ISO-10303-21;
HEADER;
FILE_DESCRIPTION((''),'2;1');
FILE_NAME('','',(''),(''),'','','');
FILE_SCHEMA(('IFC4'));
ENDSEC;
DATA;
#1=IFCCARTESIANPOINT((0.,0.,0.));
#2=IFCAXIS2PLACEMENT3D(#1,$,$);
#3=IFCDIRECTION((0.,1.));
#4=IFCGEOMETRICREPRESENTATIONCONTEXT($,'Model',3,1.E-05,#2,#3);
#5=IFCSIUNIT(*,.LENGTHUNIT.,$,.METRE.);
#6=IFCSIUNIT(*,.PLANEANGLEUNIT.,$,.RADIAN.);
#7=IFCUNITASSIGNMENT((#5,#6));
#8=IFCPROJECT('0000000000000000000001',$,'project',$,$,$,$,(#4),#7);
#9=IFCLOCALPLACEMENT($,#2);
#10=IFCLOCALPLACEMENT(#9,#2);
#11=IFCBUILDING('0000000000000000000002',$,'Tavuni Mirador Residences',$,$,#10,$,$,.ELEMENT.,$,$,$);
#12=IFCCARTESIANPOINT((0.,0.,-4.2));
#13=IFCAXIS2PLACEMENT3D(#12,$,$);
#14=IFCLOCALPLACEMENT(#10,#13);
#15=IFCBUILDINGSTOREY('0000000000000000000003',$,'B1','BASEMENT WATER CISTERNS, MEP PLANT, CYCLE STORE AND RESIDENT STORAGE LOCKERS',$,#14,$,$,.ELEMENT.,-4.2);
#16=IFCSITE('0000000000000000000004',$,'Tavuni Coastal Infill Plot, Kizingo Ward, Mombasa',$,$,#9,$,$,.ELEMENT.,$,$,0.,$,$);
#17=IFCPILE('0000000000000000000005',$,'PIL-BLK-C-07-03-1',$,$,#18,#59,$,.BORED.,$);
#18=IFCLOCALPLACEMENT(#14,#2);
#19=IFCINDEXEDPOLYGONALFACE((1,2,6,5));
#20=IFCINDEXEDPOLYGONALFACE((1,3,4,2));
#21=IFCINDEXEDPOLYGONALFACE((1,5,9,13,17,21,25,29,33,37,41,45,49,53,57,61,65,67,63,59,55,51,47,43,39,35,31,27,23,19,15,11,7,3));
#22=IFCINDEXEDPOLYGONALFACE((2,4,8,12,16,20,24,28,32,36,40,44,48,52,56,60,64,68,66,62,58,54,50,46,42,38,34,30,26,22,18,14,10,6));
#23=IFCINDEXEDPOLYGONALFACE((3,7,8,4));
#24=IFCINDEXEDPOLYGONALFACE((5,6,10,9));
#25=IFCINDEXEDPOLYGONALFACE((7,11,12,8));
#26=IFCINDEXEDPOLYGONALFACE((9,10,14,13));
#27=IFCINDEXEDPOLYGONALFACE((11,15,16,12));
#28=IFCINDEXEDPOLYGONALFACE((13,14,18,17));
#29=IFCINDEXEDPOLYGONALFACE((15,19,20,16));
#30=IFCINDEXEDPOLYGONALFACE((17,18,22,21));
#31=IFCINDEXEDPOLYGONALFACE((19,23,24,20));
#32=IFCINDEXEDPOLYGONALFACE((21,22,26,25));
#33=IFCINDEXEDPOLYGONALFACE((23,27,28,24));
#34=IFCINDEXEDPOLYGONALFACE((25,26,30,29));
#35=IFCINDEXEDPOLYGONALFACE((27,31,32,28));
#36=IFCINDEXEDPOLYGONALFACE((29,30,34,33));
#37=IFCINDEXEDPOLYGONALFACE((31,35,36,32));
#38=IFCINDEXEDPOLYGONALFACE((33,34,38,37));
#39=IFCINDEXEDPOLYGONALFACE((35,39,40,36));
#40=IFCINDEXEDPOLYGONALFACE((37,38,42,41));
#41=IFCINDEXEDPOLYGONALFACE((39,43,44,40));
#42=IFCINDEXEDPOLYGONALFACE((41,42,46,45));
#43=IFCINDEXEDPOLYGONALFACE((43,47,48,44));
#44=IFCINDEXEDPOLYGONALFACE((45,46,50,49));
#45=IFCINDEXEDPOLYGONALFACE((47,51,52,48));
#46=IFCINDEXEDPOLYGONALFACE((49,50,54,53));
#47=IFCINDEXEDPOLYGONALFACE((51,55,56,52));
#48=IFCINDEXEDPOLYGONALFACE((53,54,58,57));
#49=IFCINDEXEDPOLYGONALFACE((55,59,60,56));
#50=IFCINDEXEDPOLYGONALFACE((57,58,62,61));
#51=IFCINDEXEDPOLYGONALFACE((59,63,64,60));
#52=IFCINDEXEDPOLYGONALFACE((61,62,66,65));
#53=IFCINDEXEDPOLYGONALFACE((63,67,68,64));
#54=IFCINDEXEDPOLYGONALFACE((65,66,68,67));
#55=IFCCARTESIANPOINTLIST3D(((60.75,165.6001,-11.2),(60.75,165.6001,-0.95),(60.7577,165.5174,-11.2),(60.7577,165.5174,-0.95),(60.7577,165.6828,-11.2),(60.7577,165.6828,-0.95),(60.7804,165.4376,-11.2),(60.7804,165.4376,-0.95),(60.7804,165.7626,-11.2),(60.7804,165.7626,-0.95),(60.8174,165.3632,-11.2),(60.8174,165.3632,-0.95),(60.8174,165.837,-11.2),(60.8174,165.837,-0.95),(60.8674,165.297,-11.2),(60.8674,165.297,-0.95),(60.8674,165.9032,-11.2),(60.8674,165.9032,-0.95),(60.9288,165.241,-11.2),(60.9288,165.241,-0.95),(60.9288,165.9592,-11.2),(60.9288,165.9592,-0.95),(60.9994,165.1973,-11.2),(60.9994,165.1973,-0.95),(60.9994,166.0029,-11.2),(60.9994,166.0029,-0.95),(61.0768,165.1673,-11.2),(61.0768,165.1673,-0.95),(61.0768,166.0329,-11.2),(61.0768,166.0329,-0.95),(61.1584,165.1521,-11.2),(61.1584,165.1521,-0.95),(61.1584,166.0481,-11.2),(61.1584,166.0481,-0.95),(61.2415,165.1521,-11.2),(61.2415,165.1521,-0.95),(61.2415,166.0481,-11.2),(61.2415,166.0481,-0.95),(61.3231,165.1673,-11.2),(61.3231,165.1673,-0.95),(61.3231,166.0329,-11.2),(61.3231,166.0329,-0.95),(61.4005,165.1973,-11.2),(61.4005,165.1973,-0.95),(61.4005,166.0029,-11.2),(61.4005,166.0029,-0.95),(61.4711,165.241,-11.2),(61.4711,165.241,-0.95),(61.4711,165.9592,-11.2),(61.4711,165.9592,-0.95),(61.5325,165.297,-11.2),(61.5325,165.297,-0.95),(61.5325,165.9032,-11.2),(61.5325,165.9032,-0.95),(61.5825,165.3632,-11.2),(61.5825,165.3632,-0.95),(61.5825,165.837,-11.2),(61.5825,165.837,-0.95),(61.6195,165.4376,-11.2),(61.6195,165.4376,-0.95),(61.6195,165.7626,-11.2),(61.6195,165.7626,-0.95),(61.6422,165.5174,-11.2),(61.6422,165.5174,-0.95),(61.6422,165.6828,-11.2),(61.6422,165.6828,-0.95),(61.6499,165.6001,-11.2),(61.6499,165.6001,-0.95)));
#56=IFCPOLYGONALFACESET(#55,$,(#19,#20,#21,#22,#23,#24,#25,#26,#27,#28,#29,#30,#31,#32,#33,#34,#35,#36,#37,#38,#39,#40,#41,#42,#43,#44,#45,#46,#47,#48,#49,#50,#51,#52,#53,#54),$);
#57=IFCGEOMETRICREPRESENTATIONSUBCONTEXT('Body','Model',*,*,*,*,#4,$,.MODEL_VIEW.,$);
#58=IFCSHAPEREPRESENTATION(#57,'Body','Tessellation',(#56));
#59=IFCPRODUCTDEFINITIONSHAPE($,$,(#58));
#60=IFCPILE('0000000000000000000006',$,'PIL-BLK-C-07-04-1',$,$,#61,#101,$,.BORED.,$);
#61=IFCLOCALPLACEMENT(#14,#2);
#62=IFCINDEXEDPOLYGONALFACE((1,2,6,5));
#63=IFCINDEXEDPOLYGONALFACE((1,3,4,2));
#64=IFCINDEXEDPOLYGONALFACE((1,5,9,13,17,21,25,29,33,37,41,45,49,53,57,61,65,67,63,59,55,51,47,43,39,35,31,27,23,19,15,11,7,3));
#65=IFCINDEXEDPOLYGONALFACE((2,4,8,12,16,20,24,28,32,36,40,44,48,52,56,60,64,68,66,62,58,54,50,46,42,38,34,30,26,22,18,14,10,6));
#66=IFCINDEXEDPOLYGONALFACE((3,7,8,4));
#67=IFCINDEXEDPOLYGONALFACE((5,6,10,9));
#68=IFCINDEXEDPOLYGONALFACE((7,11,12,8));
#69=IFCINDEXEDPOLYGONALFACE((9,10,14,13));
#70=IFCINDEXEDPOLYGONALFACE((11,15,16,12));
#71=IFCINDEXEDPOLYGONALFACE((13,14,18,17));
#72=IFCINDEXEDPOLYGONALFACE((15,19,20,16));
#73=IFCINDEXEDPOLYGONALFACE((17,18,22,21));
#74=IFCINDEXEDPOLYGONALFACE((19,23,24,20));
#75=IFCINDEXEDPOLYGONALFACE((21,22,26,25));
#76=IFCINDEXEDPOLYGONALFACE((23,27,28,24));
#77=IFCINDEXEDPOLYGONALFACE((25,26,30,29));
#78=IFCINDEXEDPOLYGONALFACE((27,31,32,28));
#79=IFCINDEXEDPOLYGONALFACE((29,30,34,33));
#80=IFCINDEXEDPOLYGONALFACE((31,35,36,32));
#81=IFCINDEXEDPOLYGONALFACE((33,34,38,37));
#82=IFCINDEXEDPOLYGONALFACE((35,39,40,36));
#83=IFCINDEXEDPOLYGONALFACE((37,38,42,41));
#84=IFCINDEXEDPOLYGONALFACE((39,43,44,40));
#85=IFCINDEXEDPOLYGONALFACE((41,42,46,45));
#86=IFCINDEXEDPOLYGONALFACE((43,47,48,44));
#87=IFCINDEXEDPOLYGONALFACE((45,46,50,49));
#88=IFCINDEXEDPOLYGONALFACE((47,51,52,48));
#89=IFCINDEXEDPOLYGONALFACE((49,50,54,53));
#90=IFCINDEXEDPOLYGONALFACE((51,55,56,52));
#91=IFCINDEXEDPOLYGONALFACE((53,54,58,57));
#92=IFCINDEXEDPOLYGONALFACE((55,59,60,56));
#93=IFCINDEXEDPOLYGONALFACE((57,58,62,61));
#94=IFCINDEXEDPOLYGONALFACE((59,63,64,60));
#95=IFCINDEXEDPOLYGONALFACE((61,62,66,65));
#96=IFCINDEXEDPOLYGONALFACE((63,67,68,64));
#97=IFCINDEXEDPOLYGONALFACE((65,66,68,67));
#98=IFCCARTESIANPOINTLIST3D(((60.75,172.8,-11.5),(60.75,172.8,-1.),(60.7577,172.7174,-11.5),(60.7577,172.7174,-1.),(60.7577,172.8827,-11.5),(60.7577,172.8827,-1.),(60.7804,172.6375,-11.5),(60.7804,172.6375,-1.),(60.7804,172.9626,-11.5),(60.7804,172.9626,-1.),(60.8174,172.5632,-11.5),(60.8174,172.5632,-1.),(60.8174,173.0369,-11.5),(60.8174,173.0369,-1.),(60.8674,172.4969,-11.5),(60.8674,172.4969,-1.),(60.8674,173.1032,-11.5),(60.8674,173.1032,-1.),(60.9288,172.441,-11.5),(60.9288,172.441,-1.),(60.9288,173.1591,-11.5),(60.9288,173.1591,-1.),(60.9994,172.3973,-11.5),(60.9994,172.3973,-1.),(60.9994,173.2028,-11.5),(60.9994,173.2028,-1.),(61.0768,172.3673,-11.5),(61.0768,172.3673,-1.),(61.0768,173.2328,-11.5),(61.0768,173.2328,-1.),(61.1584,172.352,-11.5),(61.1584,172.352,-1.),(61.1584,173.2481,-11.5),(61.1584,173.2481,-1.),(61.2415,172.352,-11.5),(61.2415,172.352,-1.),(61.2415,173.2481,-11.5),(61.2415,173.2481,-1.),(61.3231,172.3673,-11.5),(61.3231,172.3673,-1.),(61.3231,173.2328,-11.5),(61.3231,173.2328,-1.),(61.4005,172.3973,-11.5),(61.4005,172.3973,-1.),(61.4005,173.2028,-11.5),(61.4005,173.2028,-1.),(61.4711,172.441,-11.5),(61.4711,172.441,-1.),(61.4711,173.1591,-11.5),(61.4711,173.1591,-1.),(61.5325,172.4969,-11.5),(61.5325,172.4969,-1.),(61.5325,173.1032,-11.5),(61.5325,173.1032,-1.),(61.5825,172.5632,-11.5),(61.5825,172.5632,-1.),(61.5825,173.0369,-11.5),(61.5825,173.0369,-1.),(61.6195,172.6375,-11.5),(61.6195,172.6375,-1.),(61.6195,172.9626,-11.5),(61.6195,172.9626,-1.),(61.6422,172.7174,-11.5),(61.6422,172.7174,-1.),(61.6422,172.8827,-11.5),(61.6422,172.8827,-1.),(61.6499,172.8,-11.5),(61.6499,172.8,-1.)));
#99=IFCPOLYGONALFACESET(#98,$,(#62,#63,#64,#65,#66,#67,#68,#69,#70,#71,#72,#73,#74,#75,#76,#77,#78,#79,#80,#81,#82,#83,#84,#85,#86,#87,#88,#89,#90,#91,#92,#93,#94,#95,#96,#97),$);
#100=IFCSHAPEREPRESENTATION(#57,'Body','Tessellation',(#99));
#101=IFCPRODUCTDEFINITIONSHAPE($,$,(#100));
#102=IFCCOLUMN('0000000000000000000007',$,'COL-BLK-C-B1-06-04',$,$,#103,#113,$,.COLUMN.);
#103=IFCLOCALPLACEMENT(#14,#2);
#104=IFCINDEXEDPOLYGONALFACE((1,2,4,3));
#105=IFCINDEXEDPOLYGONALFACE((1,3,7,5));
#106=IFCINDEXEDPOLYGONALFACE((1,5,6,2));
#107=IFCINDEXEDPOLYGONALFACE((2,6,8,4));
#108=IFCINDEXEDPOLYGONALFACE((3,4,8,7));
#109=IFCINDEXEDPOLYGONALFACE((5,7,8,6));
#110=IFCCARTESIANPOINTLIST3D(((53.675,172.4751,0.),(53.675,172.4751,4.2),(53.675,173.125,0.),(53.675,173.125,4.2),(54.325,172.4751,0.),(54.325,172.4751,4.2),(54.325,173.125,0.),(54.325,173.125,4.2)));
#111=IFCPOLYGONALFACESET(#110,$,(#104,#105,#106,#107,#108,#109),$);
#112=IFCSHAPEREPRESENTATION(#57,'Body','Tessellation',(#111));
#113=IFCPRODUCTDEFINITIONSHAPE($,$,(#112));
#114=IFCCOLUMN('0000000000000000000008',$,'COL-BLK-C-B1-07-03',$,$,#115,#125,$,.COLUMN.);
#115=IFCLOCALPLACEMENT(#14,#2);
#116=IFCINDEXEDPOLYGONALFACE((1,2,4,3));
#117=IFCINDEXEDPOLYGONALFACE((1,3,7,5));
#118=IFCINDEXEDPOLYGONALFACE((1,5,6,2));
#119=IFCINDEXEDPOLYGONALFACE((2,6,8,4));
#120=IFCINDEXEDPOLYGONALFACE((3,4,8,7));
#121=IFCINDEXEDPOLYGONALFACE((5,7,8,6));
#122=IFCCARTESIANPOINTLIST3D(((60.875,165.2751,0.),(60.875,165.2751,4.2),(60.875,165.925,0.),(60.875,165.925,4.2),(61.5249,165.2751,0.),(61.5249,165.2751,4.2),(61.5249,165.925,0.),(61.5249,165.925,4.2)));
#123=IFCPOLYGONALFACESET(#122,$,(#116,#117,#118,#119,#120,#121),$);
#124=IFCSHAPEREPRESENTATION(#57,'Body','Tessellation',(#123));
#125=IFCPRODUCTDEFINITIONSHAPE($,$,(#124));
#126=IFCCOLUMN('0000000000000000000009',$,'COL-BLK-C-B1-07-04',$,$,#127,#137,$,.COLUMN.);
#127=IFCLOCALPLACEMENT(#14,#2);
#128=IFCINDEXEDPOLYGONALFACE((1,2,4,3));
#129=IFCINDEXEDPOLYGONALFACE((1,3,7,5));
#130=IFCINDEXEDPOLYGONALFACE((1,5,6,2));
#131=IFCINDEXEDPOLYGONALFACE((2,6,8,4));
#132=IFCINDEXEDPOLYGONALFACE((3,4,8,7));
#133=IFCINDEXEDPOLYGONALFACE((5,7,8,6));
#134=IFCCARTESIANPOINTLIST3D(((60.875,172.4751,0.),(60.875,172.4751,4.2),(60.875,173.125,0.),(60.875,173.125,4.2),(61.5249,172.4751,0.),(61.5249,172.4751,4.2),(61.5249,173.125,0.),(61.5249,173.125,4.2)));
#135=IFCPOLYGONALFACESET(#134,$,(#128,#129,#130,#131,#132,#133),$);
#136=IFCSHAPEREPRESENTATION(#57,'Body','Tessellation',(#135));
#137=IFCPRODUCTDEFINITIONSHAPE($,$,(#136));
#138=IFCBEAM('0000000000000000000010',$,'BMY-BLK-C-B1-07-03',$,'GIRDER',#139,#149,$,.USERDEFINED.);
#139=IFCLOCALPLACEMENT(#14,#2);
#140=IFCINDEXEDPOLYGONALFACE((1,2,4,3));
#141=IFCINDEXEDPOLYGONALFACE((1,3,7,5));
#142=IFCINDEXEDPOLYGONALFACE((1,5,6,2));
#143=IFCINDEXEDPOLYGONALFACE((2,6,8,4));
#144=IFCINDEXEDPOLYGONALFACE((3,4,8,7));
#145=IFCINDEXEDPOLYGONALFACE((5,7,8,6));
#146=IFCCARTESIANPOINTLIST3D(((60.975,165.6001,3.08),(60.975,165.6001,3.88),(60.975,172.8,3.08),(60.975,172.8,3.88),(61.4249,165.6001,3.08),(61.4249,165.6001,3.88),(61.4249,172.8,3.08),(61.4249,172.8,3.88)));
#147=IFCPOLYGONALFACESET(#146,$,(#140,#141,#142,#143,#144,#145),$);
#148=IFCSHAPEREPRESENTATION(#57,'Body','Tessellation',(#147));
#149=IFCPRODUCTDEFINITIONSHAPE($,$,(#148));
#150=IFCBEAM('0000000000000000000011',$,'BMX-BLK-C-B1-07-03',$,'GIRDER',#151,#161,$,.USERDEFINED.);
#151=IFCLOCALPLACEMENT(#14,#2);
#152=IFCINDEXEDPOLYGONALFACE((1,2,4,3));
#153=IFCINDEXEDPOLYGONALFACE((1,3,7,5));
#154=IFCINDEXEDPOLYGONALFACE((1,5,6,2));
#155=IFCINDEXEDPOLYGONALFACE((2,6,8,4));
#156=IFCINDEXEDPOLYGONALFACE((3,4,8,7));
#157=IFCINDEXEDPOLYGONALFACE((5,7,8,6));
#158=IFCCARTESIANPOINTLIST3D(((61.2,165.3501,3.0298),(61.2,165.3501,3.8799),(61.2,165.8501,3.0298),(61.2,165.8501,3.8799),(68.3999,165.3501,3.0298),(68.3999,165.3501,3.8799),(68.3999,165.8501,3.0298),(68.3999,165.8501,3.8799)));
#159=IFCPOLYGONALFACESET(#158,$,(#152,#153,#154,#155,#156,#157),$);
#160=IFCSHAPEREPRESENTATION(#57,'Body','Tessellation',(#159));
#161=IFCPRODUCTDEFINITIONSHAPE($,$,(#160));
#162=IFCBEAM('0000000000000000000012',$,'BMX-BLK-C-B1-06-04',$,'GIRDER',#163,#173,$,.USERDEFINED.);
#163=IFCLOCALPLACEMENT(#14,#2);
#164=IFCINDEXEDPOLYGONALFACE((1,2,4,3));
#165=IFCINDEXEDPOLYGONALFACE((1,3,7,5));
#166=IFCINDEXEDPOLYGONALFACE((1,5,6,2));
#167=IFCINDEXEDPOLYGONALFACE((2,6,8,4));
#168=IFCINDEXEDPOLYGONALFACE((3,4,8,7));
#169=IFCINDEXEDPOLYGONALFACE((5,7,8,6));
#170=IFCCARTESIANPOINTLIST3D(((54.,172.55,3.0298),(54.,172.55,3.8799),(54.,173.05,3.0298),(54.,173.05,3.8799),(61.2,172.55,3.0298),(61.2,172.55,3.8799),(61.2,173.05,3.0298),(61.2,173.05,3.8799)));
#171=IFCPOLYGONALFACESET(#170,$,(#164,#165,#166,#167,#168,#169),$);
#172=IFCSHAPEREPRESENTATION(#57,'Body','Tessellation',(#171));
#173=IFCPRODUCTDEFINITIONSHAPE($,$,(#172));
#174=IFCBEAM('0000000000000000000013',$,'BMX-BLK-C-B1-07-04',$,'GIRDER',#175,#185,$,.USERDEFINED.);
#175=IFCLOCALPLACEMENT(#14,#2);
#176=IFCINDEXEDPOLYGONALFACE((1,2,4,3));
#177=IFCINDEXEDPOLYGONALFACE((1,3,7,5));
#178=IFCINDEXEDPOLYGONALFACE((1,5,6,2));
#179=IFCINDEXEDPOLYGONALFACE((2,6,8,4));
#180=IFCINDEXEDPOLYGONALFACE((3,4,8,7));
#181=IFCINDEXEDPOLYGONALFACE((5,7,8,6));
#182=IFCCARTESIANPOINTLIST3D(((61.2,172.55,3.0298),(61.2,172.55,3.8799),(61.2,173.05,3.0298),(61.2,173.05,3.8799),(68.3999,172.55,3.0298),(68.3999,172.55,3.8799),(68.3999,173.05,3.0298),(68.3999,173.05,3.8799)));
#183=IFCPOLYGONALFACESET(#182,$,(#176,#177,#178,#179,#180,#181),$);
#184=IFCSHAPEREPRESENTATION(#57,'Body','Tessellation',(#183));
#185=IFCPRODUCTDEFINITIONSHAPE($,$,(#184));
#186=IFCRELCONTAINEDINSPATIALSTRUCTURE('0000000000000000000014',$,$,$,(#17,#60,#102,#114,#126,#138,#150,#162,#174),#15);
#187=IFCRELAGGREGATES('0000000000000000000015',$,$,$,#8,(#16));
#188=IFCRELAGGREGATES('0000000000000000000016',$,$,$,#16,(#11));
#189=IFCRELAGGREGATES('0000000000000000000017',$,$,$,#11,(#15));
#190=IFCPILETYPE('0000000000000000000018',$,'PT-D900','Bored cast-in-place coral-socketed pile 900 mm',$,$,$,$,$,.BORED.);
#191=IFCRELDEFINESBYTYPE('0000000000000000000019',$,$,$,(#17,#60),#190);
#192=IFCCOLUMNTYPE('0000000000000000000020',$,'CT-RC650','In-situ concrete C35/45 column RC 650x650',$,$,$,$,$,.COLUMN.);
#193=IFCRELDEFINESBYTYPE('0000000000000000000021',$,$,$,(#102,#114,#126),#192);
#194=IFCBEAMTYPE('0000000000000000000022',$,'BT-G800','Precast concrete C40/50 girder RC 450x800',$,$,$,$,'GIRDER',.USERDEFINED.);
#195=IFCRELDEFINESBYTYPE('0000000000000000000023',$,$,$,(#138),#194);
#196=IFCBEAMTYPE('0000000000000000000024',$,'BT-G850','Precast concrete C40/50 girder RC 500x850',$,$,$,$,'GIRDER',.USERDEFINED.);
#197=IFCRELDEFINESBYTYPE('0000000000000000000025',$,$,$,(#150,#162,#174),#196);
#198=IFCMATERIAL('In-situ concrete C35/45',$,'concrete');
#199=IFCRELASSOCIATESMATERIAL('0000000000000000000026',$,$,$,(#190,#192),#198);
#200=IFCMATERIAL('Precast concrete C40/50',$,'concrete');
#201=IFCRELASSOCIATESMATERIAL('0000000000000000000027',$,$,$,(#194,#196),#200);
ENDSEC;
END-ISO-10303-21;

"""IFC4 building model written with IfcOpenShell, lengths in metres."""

from ifc_helpers import new_model, si_unit, direction, frame, origin, origin_2d, place, context, subcontext, project, spatial, rectangle, circle, extrude, material, material_profile, profile_set, type_object, element, save


model = new_model("IFC4")

# Units and contexts
model_context = context("Model", 3, precision=1e-05, world=origin(), true_north=direction((0.0, 1.0)))
body_context = subcontext(model_context, "Body", "Model", "MODEL_VIEW")
ifc_project = project(units=[si_unit("LENGTHUNIT", "METRE"), si_unit("PLANEANGLEUNIT", "RADIAN")], contexts=[model_context])

# Site, building, storey
site_placement = place(None, origin())
site = spatial("IfcSite", under=ifc_project, at=site_placement, Name="Tavuni Coastal Infill Plot, Kizingo Ward, Mombasa", CompositionType="ELEMENT", RefElevation=0.0)
building_placement = place(site_placement, origin())
building = spatial("IfcBuilding", under=site, at=building_placement, Name="Tavuni Mirador Residences", CompositionType="ELEMENT")
storey_placement = place(building_placement, frame((0.0, 0.0, -4.2)))
storey = spatial("IfcBuildingStorey", under=building, at=storey_placement, Name="B1", Description="BASEMENT WATER CISTERNS, MEP PLANT, CYCLE STORE AND RESIDENT STORAGE LOCKERS", CompositionType="ELEMENT", Elevation=-4.2)

# Shared definitions
ifc_material_1 = material(Name="In-situ concrete C35/45", Category="concrete")

# Piles
ifc_material_profile_1 = material_profile(ifc_material_1, circle(Radius=0.45, at=origin_2d()), Name="PILE D900", Category="concrete")
ifc_profile_set_1 = profile_set([ifc_material_profile_1], Name="In-situ concrete C35/45")
pile_type_1 = type_object("IfcPileType", Name="PT-D900", Description="Bored cast-in-place coral-socketed pile 900 mm", PredefinedType="BORED", material=ifc_profile_set_1)
for number, where, z_axis, x_axis, name in (
    (1, (61.2, 165.6001, -0.95), (0.0, 0.0, -1.0), (1.0, 0.0, 0.0), "PIL-BLK-C-07-03-1"),
):
    element("IfcPile", number, at=place(storey_placement, frame(where, z_axis=z_axis, x_axis=x_axis)), inside=storey, type_object=pile_type_1, Name=name, PredefinedType="BORED", context=body_context, shape_type="SweptSolid", body=[
        extrude(circle(Radius=0.45, at=origin_2d()), origin(), (0.0, 0.0, 1.0), 10.25),
    ])
pile_1_placement = place(storey_placement, frame((61.2, 172.8, -1.0), z_axis=(0.0, 0.0, -1.0), x_axis=(1.0, 0.0, 0.0)))
element("IfcPile", 2, at=pile_1_placement, inside=storey, type_object=pile_type_1, Name="PIL-BLK-C-07-04-1", PredefinedType="BORED", context=body_context, shape_type="SweptSolid", body=[
    extrude(circle(Radius=0.45, at=origin_2d()), origin(), (0.0, 0.0, 1.0), 10.5),
])

# Columns
ifc_material_profile_2 = material_profile(ifc_material_1, rectangle(XDim=0.6499, YDim=0.6499, at=origin_2d()), Name="RC 650x650", Category="concrete")
ifc_profile_set_2 = profile_set([ifc_material_profile_2], Name="In-situ concrete C35/45")
column_type = type_object("IfcColumnType", Name="CT-RC650", Description="In-situ concrete C35/45 column RC 650x650", PredefinedType="COLUMN", material=ifc_profile_set_2)
for number, where, z_axis, x_axis, name in (
    (3, (54.0, 172.8, 0.0), (0.0, 0.0, 1.0), (1.0, 0.0, 0.0), "COL-BLK-C-B1-06-04"),
    (4, (61.2, 165.6001, 0.0), (0.0, 0.0, 1.0), (1.0, 0.0, 0.0), "COL-BLK-C-B1-07-03"),
    (5, (61.2, 172.8, 0.0), (0.0, 0.0, 1.0), (1.0, 0.0, 0.0), "COL-BLK-C-B1-07-04"),
):
    element("IfcColumn", number, at=place(storey_placement, frame(where, z_axis=z_axis, x_axis=x_axis)), inside=storey, type_object=column_type, Name=name, PredefinedType="COLUMN", context=body_context, shape_type="SweptSolid", body=[
        extrude(rectangle(XDim=0.6499, YDim=0.6499, at=origin_2d()), origin(), (0.0, 0.0, 1.0), 4.2),
    ])

# Beams
ifc_material_2 = material(Name="Precast concrete C40/50", Category="concrete")
ifc_material_profile_3 = material_profile(ifc_material_2, rectangle(XDim=0.45, YDim=0.8, at=origin_2d()), Name="RC 450x800", Category="concrete")
ifc_profile_set_3 = profile_set([ifc_material_profile_3], Name="Precast concrete C40/50")
beam_type_1 = type_object("IfcBeamType", Name="BT-G800", Description="Precast concrete C40/50 girder RC 450x800", ElementType="GIRDER", PredefinedType="USERDEFINED", material=ifc_profile_set_3)
beam_placement = place(storey_placement, frame((61.2, 165.6001, 3.48), z_axis=(0.0, 1.0, 0.0), x_axis=(-1.0, 0.0, 0.0)))
element("IfcBeam", 6, at=beam_placement, inside=storey, type_object=beam_type_1, Name="BMY-BLK-C-B1-07-03", ObjectType="GIRDER", PredefinedType="USERDEFINED", context=body_context, shape_type="SweptSolid", body=[
    extrude(rectangle(XDim=0.45, YDim=0.8, at=origin_2d()), origin(), (0.0, 0.0, 1.0), 7.2),
])
ifc_material_profile_4 = material_profile(ifc_material_2, rectangle(XDim=0.5, YDim=0.8501, at=origin_2d()), Name="RC 500x850", Category="concrete")
ifc_profile_set_4 = profile_set([ifc_material_profile_4], Name="Precast concrete C40/50")
beam_type_2 = type_object("IfcBeamType", Name="BT-G850", Description="Precast concrete C40/50 girder RC 500x850", ElementType="GIRDER", PredefinedType="USERDEFINED", material=ifc_profile_set_4)
for number, where, z_axis, x_axis, name in (
    (7, (61.2, 165.6001, 3.4548), (1.0, 0.0, 0.0), (0.0, 1.0, 0.0), "BMX-BLK-C-B1-07-03"),
    (8, (54.0, 172.8, 3.4548), (1.0, 0.0, 0.0), (0.0, 1.0, 0.0), "BMX-BLK-C-B1-06-04"),
    (9, (61.2, 172.8, 3.4548), (1.0, 0.0, 0.0), (0.0, 1.0, 0.0), "BMX-BLK-C-B1-07-04"),
):
    element("IfcBeam", number, at=place(storey_placement, frame(where, z_axis=z_axis, x_axis=x_axis)), inside=storey, type_object=beam_type_2, Name=name, ObjectType="GIRDER", PredefinedType="USERDEFINED", context=body_context, shape_type="SweptSolid", body=[
        extrude(rectangle(XDim=0.5, YDim=0.8501, at=origin_2d()), origin(), (0.0, 0.0, 1.0), 7.2),
    ])

save(model, "model.ifc")
